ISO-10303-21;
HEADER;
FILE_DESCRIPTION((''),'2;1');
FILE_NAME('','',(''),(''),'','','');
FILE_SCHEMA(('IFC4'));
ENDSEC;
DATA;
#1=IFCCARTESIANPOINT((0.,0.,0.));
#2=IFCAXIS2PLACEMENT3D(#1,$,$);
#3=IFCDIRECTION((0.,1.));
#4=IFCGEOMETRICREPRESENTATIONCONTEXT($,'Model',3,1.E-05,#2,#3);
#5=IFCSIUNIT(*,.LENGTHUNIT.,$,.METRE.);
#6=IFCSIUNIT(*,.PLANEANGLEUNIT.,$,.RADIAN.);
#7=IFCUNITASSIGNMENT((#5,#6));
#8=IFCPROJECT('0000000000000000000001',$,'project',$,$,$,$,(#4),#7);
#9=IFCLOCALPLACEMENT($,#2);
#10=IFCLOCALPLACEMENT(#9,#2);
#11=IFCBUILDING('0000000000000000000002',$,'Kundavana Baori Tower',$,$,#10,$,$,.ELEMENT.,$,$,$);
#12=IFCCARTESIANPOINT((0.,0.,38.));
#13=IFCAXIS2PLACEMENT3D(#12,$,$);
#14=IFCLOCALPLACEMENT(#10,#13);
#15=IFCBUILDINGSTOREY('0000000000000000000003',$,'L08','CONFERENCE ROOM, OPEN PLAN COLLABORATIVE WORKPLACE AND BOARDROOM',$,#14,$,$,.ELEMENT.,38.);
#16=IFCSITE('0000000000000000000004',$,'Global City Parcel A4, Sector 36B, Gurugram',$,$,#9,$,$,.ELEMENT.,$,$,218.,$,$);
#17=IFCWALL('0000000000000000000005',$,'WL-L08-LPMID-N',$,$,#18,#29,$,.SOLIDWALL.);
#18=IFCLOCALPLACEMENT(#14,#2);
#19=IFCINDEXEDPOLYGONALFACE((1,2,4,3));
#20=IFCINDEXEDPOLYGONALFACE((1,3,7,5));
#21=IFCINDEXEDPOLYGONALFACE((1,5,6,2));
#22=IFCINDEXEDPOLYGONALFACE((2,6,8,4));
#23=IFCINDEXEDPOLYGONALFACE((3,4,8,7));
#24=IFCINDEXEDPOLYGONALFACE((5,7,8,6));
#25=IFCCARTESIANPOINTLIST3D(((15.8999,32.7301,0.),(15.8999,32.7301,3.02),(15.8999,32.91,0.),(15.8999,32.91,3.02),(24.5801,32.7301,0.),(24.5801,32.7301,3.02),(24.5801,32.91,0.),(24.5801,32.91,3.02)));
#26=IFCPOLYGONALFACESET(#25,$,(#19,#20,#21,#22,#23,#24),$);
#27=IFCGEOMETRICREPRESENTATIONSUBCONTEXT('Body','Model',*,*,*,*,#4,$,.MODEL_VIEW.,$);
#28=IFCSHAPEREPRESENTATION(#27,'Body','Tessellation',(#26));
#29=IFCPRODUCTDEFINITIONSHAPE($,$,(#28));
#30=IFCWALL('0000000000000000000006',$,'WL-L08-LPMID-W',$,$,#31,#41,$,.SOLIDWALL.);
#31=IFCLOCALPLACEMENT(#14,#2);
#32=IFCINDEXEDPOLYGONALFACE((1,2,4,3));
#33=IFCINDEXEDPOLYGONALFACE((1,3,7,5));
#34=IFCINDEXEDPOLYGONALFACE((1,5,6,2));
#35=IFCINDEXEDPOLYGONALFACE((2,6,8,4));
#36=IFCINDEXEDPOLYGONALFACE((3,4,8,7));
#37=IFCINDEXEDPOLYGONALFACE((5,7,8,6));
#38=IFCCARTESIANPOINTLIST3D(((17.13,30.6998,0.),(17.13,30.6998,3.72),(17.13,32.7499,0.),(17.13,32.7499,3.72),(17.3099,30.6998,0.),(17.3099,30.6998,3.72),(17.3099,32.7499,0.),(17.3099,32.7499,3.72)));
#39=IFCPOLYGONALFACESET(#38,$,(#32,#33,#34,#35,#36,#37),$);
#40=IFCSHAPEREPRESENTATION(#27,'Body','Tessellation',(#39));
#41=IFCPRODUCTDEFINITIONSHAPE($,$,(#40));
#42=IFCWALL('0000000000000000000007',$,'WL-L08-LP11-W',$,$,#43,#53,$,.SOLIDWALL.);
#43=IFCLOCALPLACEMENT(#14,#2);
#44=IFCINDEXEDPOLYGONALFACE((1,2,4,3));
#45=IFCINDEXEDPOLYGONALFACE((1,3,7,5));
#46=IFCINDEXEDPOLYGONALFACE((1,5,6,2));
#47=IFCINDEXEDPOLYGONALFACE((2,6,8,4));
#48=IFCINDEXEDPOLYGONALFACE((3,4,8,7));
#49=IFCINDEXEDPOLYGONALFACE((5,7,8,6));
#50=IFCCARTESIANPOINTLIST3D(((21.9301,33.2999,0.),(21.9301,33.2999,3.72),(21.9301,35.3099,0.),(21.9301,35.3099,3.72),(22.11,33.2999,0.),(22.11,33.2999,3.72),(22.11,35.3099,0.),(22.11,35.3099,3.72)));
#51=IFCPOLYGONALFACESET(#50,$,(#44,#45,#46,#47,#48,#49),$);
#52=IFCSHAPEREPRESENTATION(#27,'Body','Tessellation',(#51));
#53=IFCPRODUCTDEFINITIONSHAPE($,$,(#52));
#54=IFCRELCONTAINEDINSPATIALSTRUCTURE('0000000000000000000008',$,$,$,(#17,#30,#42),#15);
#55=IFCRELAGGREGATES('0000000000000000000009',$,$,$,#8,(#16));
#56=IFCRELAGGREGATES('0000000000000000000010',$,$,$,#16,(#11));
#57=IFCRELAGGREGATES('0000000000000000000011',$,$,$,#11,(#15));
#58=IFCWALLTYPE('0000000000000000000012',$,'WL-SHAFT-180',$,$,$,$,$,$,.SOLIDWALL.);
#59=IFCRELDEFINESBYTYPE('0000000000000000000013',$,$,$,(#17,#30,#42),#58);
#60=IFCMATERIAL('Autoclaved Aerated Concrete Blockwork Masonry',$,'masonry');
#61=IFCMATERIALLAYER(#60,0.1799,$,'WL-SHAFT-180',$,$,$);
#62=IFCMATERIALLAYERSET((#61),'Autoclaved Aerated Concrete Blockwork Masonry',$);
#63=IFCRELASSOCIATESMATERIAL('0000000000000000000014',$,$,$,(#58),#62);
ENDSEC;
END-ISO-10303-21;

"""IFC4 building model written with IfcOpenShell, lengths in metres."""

from ifc_helpers import new_model, si_unit, direction, frame, frame_2d, origin, place, context, subcontext, project, spatial, rectangle, extrude, material, layer, layer_set, type_object, element, save


model = new_model("IFC4")

# Units and contexts
model_context = context("Model", 3, precision=1e-05, world=origin(), true_north=direction((0.0, 1.0)))
body_context = subcontext(model_context, "Body", "Model", "MODEL_VIEW")
ifc_project = project(units=[si_unit("LENGTHUNIT", "METRE"), si_unit("PLANEANGLEUNIT", "RADIAN")], contexts=[model_context])

# Site, building, storey
site_placement = place(None, origin())
site = spatial("IfcSite", under=ifc_project, at=site_placement, Name="Global City Parcel A4, Sector 36B, Gurugram", CompositionType="ELEMENT", RefElevation=218.0)
building_placement = place(site_placement, origin())
building = spatial("IfcBuilding", under=site, at=building_placement, Name="Kundavana Baori Tower", CompositionType="ELEMENT")
storey_placement = place(building_placement, frame((0.0, 0.0, 38.0)))
storey = spatial("IfcBuildingStorey", under=building, at=storey_placement, Name="L08", Description="CONFERENCE ROOM, OPEN PLAN COLLABORATIVE WORKPLACE AND BOARDROOM", CompositionType="ELEMENT", Elevation=38.0)

# Shared definitions
ifc_material_1 = material(Name="Autoclaved Aerated Concrete Blockwork Masonry", Category="masonry")
ifc_layer_1 = layer(ifc_material_1, 0.1799, Name="WL-SHAFT-180")
ifc_layer_set_1 = layer_set([ifc_layer_1], Name="Autoclaved Aerated Concrete Blockwork Masonry")
wall_type_1 = type_object("IfcWallType", Name="WL-SHAFT-180", PredefinedType="SOLIDWALL", material=ifc_layer_set_1)

# Walls
wall_1_placement = place(storey_placement, frame((15.8999, 32.8201, 0.0), z_axis=(0.0, 0.0, 1.0), x_axis=(1.0, 0.0, 0.0)))
element("IfcWall", 1, at=wall_1_placement, inside=storey, type_object=wall_type_1, Name="WL-L08-LPMID-N", PredefinedType="SOLIDWALL", context=body_context, shape_type="SweptSolid", body=[
    extrude(rectangle(XDim=8.6802, YDim=0.1799, at=frame_2d((4.3401, 0.0))), origin(), (0.0, 0.0, 1.0), 3.02),
])
wall_2_placement = place(storey_placement, frame((17.22, 30.7, 0.0), z_axis=(0.0, 0.0, 1.0), x_axis=(0.0, 1.0, 0.0)))
element("IfcWall", 2, at=wall_2_placement, inside=storey, type_object=wall_type_1, Name="WL-L08-LPMID-W", PredefinedType="SOLIDWALL", context=body_context, shape_type="SweptSolid", body=[
    extrude(rectangle(XDim=2.05, YDim=0.1799, at=frame_2d((1.0249, 0.0))), origin(), (0.0, 0.0, 1.0), 3.72),
])
wall_3_placement = place(storey_placement, frame((22.02, 33.3, 0.0), z_axis=(0.0, 0.0, 1.0), x_axis=(0.0, 1.0, 0.0)))
element("IfcWall", 3, at=wall_3_placement, inside=storey, type_object=wall_type_1, Name="WL-L08-LP11-W", PredefinedType="SOLIDWALL", context=body_context, shape_type="SweptSolid", body=[
    extrude(rectangle(XDim=2.01, YDim=0.1799, at=frame_2d((1.0049, 0.0))), origin(), (0.0, 0.0, 1.0), 3.72),
])

save(model, "model.ifc")
